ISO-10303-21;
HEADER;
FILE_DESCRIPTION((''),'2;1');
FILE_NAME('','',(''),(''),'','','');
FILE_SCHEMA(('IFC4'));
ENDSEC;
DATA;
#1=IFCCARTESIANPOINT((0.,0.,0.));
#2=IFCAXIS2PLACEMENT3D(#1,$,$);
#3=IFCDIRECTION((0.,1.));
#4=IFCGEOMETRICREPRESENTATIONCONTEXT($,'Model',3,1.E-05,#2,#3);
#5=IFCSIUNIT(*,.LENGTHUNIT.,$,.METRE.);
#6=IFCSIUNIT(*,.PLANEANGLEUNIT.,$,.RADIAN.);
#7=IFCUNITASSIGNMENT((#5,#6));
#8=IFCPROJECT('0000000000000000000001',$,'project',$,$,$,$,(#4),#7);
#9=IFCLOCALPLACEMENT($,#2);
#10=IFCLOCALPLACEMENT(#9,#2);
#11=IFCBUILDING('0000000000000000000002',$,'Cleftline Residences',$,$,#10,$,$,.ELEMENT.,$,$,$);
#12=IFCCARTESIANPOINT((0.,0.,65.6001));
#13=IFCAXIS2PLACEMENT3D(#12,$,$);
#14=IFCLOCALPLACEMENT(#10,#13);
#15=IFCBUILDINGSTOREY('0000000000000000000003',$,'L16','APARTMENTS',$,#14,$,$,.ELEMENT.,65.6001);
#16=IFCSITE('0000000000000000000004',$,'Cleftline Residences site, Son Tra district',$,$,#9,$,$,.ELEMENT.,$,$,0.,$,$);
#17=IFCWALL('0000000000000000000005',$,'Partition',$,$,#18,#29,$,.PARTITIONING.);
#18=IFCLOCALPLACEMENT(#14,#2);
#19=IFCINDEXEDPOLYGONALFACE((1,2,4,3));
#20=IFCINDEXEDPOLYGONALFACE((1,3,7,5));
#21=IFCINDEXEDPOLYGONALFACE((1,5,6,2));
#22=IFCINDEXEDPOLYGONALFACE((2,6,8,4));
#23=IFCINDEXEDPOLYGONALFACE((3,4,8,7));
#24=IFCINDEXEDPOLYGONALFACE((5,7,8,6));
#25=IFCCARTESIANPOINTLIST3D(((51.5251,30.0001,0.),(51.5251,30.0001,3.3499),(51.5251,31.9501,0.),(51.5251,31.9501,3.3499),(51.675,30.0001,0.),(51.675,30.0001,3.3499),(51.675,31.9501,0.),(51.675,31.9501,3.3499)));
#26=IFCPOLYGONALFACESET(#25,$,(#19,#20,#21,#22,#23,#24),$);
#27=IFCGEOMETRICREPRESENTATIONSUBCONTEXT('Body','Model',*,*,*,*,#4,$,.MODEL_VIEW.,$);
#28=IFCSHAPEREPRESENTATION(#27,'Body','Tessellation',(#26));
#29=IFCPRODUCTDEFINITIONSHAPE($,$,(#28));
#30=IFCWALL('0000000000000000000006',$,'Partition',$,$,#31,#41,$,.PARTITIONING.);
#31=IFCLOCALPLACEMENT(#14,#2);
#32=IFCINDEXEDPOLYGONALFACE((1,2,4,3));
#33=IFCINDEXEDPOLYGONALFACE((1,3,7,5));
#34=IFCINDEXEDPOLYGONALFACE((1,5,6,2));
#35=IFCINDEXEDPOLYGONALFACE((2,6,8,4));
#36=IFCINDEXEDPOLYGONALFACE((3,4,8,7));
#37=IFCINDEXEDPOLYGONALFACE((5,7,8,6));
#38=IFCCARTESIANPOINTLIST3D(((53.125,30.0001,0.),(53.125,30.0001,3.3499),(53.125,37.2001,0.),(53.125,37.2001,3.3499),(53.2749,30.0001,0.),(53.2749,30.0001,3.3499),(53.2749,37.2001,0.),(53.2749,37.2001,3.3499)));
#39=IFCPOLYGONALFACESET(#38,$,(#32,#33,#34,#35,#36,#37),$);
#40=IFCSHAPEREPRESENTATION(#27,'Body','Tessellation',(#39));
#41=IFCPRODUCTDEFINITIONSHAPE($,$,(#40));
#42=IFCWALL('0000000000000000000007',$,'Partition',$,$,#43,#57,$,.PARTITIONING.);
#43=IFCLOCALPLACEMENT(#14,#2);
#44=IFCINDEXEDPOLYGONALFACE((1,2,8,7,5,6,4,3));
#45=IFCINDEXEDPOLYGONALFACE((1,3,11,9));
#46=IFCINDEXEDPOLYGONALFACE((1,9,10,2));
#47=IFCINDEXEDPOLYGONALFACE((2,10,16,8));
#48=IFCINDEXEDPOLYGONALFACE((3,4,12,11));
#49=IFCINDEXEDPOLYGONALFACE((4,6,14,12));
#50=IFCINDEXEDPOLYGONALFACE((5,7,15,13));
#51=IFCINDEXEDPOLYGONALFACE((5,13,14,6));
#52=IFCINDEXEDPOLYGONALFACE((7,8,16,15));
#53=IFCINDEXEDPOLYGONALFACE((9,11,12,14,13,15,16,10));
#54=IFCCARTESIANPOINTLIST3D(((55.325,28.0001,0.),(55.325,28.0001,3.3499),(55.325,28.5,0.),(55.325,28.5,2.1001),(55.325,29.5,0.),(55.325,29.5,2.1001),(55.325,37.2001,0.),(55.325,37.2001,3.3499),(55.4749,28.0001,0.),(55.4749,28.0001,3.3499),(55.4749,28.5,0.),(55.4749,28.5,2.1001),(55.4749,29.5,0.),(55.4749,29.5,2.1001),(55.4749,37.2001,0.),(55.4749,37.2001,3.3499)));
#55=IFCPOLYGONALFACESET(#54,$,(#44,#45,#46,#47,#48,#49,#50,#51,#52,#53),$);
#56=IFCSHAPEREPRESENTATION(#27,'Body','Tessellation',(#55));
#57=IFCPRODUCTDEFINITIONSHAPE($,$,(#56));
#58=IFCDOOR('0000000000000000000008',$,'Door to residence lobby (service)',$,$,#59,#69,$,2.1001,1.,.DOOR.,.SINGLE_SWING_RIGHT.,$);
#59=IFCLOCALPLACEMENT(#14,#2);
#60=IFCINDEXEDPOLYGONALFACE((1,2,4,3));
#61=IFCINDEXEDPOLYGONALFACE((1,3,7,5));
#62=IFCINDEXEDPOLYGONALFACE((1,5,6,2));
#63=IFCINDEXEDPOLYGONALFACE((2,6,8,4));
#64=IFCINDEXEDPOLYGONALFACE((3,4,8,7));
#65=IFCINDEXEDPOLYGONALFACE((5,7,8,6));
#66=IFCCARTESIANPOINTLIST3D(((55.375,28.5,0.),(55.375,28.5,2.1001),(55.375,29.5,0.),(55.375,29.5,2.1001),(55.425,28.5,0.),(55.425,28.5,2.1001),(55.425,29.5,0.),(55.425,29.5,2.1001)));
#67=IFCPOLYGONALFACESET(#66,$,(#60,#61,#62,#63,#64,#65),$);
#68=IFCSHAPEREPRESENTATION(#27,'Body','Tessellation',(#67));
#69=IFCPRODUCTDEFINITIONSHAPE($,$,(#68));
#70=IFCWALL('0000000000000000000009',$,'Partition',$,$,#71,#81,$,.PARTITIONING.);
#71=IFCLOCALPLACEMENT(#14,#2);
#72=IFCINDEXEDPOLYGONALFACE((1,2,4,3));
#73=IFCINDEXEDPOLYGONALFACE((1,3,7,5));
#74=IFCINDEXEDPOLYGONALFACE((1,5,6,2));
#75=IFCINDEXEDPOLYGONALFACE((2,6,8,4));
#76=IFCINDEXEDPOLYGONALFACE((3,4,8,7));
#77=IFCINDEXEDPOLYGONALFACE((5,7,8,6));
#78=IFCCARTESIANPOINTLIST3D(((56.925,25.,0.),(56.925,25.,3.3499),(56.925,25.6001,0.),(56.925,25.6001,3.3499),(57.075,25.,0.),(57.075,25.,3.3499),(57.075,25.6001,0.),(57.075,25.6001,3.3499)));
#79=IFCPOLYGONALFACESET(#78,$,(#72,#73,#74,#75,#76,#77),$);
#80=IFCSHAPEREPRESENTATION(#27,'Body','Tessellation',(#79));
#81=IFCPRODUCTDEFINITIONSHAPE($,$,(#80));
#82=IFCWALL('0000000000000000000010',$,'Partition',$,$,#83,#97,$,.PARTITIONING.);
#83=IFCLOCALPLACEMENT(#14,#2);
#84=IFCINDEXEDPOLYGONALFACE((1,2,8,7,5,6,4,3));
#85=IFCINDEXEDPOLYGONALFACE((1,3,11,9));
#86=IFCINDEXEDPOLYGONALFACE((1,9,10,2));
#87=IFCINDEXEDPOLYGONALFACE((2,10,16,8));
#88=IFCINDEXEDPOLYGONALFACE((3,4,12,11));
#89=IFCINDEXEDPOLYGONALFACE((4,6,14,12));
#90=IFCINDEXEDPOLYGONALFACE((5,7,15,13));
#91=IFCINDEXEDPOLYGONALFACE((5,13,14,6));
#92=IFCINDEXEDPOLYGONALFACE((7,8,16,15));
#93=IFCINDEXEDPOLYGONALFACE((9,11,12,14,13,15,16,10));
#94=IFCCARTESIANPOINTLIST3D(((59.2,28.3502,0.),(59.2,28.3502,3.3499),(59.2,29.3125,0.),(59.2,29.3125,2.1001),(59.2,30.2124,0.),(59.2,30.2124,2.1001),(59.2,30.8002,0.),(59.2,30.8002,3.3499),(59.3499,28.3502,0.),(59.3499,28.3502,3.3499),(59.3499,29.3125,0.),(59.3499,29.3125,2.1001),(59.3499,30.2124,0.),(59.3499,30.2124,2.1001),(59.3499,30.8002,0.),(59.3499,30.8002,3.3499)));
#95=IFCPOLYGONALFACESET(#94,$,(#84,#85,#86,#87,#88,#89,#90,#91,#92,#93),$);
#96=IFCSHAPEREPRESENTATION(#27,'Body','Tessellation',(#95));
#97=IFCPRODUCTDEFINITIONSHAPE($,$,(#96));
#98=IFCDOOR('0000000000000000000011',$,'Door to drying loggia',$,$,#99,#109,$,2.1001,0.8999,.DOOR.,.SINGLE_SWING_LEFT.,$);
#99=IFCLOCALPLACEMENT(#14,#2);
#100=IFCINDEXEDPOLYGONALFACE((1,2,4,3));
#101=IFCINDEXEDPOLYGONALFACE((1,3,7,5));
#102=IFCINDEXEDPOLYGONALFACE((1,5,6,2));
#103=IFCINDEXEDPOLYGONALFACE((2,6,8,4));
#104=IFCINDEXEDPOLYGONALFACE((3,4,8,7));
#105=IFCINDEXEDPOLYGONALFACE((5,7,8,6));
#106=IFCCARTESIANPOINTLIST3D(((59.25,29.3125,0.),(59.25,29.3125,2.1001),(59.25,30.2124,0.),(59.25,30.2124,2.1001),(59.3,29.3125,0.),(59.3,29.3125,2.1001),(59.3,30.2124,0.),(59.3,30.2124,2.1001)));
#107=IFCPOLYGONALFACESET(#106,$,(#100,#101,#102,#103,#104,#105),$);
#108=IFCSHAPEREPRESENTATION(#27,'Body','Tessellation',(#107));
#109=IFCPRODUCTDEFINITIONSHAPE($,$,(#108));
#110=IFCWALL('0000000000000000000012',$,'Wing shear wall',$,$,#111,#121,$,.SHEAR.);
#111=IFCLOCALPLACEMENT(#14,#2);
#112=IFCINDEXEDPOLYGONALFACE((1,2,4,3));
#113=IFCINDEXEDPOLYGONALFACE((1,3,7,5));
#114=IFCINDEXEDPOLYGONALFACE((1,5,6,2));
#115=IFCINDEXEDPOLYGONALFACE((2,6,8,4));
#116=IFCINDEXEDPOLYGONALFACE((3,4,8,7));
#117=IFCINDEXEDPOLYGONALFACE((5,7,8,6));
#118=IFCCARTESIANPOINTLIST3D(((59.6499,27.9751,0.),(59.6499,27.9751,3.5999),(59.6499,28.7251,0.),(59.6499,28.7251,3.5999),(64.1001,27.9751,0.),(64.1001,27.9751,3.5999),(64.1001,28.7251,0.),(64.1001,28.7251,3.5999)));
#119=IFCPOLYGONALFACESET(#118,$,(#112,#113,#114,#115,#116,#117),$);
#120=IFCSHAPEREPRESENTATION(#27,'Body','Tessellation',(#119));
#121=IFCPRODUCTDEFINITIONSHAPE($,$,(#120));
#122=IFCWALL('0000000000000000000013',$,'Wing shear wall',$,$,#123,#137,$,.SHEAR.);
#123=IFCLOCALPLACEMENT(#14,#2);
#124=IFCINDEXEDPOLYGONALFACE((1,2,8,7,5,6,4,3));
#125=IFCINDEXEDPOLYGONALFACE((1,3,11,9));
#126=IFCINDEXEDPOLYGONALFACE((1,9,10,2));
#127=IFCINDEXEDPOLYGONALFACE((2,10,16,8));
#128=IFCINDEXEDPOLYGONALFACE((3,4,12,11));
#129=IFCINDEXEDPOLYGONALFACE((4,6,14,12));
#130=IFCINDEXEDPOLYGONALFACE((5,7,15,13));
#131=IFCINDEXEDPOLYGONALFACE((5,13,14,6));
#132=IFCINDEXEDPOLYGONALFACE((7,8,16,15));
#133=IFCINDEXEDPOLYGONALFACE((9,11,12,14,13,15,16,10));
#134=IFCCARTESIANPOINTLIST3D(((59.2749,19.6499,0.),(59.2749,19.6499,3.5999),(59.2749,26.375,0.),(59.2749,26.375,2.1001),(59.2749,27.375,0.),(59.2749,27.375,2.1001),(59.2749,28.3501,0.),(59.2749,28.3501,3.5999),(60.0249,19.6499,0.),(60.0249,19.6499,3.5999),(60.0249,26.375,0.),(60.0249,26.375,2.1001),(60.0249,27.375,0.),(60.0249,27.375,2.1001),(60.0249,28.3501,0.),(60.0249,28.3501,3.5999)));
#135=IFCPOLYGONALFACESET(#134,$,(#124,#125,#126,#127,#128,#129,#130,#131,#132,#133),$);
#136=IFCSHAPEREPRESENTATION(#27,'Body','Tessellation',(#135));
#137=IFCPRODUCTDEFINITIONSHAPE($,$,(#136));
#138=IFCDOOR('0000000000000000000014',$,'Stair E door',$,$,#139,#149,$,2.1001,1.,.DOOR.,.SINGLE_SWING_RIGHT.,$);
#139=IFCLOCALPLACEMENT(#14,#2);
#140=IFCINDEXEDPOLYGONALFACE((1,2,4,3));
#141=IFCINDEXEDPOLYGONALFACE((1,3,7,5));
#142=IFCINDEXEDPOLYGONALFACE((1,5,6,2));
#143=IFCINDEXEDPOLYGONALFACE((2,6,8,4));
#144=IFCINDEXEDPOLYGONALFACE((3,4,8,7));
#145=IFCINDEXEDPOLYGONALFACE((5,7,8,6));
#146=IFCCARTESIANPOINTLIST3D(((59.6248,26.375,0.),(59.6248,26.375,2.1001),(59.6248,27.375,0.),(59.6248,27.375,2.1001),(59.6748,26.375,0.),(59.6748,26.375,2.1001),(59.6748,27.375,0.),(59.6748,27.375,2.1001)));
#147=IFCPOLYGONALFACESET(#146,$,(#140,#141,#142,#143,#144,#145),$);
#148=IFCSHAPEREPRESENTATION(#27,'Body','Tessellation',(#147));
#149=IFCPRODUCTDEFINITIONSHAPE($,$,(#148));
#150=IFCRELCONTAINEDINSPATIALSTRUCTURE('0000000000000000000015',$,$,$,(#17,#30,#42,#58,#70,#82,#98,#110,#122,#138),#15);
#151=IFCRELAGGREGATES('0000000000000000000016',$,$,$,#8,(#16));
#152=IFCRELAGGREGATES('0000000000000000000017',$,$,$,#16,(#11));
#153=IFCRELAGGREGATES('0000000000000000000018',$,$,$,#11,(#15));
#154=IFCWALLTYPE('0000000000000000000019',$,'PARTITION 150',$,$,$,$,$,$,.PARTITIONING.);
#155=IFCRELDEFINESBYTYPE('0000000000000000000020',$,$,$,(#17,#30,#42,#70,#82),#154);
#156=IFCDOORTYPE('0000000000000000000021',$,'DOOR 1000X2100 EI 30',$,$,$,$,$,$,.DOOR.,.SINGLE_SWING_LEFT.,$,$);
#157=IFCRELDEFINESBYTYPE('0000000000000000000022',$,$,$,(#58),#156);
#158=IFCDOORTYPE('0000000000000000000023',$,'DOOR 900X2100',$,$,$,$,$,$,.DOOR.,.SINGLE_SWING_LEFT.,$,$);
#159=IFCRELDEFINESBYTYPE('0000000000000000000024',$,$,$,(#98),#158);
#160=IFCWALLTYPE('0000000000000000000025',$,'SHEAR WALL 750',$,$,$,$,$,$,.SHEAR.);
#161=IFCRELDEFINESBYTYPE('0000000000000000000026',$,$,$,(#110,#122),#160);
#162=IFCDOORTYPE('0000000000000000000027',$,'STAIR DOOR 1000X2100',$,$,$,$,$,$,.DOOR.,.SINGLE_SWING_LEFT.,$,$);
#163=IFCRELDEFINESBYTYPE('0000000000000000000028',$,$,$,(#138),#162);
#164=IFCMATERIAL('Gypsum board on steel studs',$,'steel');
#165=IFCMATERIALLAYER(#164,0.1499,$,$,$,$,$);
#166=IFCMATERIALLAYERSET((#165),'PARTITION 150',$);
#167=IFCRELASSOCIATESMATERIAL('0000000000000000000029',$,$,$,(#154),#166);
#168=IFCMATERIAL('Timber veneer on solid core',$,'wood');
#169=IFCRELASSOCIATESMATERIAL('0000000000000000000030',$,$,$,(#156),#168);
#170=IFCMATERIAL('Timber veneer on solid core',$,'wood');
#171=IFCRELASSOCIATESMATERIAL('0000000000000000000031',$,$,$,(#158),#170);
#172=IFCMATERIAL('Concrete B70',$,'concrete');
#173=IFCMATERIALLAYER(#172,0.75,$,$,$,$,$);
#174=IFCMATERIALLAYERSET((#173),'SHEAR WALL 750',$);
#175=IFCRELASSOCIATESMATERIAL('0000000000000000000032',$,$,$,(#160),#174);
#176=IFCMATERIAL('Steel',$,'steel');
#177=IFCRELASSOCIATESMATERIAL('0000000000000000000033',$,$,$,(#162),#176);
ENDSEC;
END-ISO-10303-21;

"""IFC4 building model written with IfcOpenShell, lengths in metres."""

from ifc_helpers import new_model, si_unit, direction, frame, frame_2d, origin, place, context, subcontext, project, spatial, rectangle, extrude, material, layer, layer_set, type_object, element, fill, save


model = new_model("IFC4")

# Units and contexts
model_context = context("Model", 3, precision=1e-05, world=origin(), true_north=direction((0.0, 1.0)))
body_context = subcontext(model_context, "Body", "Model", "MODEL_VIEW")
ifc_project = project(units=[si_unit("LENGTHUNIT", "METRE"), si_unit("PLANEANGLEUNIT", "RADIAN")], contexts=[model_context])

# Site, building, storey
site_placement = place(None, origin())
site = spatial("IfcSite", under=ifc_project, at=site_placement, Name="Cleftline Residences site, Son Tra district", CompositionType="ELEMENT", RefElevation=0.0)
building_placement = place(site_placement, origin())
building = spatial("IfcBuilding", under=site, at=building_placement, Name="Cleftline Residences", CompositionType="ELEMENT")
storey_placement = place(building_placement, frame((0.0, 0.0, 65.6001)))
storey = spatial("IfcBuildingStorey", under=building, at=storey_placement, Name="L16", Description="APARTMENTS", CompositionType="ELEMENT", Elevation=65.6001)

# Walls
ifc_material_1 = material(Name="Gypsum board on steel studs", Category="steel")
ifc_layer_1 = layer(ifc_material_1, 0.1499)
ifc_layer_set_1 = layer_set([ifc_layer_1], Name="PARTITION 150")
wall_type_1 = type_object("IfcWallType", Name="PARTITION 150", PredefinedType="PARTITIONING", material=ifc_layer_set_1)
wall_1_placement = place(storey_placement, frame((51.6001, 30.0, 0.0), z_axis=(0.0, 0.0, 1.0), x_axis=(0.0, 1.0, 0.0)))
element("IfcWall", 1, at=wall_1_placement, inside=storey, type_object=wall_type_1, Name="Partition", PredefinedType="PARTITIONING", context=body_context, shape_type="SweptSolid", body=[
    extrude(rectangle(XDim=1.95, YDim=0.1499, at=frame_2d((0.9751, 0.0))), origin(), (0.0, 0.0, 1.0), 3.3499),
])
wall_2_placement = place(storey_placement, frame((53.2, 30.0, 0.0), z_axis=(0.0, 0.0, 1.0), x_axis=(0.0, 1.0, 0.0)))
element("IfcWall", 2, at=wall_2_placement, inside=storey, type_object=wall_type_1, Name="Partition", PredefinedType="PARTITIONING", context=body_context, shape_type="SweptSolid", body=[
    extrude(rectangle(XDim=7.2, YDim=0.1499, at=frame_2d((3.6001, 0.0))), origin(), (0.0, 0.0, 1.0), 3.3499),
])

# Wall, opening, door
wall_3_placement = place(storey_placement, frame((55.3999, 28.0, 0.0), z_axis=(0.0, 0.0, 1.0), x_axis=(0.0, 1.0, 0.0)))
wall_3 = element("IfcWall", 3, at=wall_3_placement, inside=storey, type_object=wall_type_1, Name="Partition", PredefinedType="PARTITIONING", context=body_context, shape_type="SweptSolid", body=[
    extrude(rectangle(XDim=9.2, YDim=0.1499, at=frame_2d((4.6001, 0.0))), origin(), (0.0, 0.0, 1.0), 3.3499),
])
opening_1_placement = place(wall_3_placement, frame((0.5, 0.0, 0.0)))
opening_1 = element("IfcOpeningElement", 4, at=opening_1_placement, cuts=wall_3, PredefinedType="OPENING", context=body_context, shape_type="SweptSolid", body=[
    extrude(rectangle(XDim=1.0, YDim=2.1001, at=frame_2d((0.5, 1.05))), frame((0.0, 0.085, 0.0), z_axis=(0.0, -1.0, 0.0), x_axis=(1.0, 0.0, 0.0)), (0.0, 0.0, 1.0), 0.1699),
])
ifc_material_2 = material(Name="Timber veneer on solid core", Category="wood")
door_type_1 = type_object("IfcDoorType", Name="DOOR 1000X2100 EI 30", OperationType="SINGLE_SWING_LEFT", PredefinedType="DOOR", material=ifc_material_2)
door_1_placement = place(opening_1_placement, origin())
door_1 = element("IfcDoor", 5, at=door_1_placement, inside=storey, type_object=door_type_1, Name="Door to residence lobby (service)", OperationType="SINGLE_SWING_RIGHT", OverallHeight=2.1001, OverallWidth=1.0, PredefinedType="DOOR", context=body_context, shape_type="SweptSolid", body=[
    extrude(rectangle(XDim=1.0, YDim=2.1001, at=frame_2d((0.5, 1.05))), frame((0.0, 0.0249, 0.0), z_axis=(0.0, -1.0, 0.0), x_axis=(1.0, 0.0, 0.0)), (0.0, 0.0, 1.0), 0.05),
])
fill(opening_1, door_1)

# Wall
wall_4_placement = place(storey_placement, frame((57.0, 25.0, 0.0), z_axis=(0.0, 0.0, 1.0), x_axis=(0.0, 1.0, 0.0)))
element("IfcWall", 6, at=wall_4_placement, inside=storey, type_object=wall_type_1, Name="Partition", PredefinedType="PARTITIONING", context=body_context, shape_type="SweptSolid", body=[
    extrude(rectangle(XDim=0.6001, YDim=0.1499, at=frame_2d((0.3, 0.0))), origin(), (0.0, 0.0, 1.0), 3.3499),
])

# Wall, opening, door
wall_5_placement = place(storey_placement, frame((59.2749, 28.3501, 0.0), z_axis=(0.0, 0.0, 1.0), x_axis=(0.0, 1.0, 0.0)))
wall_5 = element("IfcWall", 7, at=wall_5_placement, inside=storey, type_object=wall_type_1, Name="Partition", PredefinedType="PARTITIONING", context=body_context, shape_type="SweptSolid", body=[
    extrude(rectangle(XDim=2.45, YDim=0.1499, at=frame_2d((1.2251, 0.0))), origin(), (0.0, 0.0, 1.0), 3.3499),
])
opening_2_placement = place(wall_5_placement, frame((0.9624, 0.0, 0.0)))
opening_2 = element("IfcOpeningElement", 8, at=opening_2_placement, cuts=wall_5, PredefinedType="OPENING", context=body_context, shape_type="SweptSolid", body=[
    extrude(rectangle(XDim=0.8999, YDim=2.1001, at=frame_2d((0.45, 1.05))), frame((0.0, 0.085, 0.0), z_axis=(0.0, -1.0, 0.0), x_axis=(1.0, 0.0, 0.0)), (0.0, 0.0, 1.0), 0.1699),
])
ifc_material_3 = material(Name="Timber veneer on solid core", Category="wood")
door_type_2 = type_object("IfcDoorType", Name="DOOR 900X2100", OperationType="SINGLE_SWING_LEFT", PredefinedType="DOOR", material=ifc_material_3)
door_2_placement = place(opening_2_placement, origin())
door_2 = element("IfcDoor", 9, at=door_2_placement, inside=storey, type_object=door_type_2, Name="Door to drying loggia", OperationType="SINGLE_SWING_LEFT", OverallHeight=2.1001, OverallWidth=0.8999, PredefinedType="DOOR", context=body_context, shape_type="SweptSolid", body=[
    extrude(rectangle(XDim=0.8999, YDim=2.1001, at=frame_2d((0.45, 1.05))), frame((0.0, 0.0249, 0.0), z_axis=(0.0, -1.0, 0.0), x_axis=(1.0, 0.0, 0.0)), (0.0, 0.0, 1.0), 0.05),
])
fill(opening_2, door_2)

# Wall
ifc_material_4 = material(Name="Concrete B70", Category="concrete")
ifc_layer_2 = layer(ifc_material_4, 0.75)
ifc_layer_set_2 = layer_set([ifc_layer_2], Name="SHEAR WALL 750")
wall_type_2 = type_object("IfcWallType", Name="SHEAR WALL 750", PredefinedType="SHEAR", material=ifc_layer_set_2)
wall_6_placement = place(storey_placement, frame((64.1001, 28.3501, 0.0), z_axis=(0.0, 0.0, 1.0), x_axis=(-1.0, 0.0, 0.0)))
element("IfcWall", 10, at=wall_6_placement, inside=storey, type_object=wall_type_2, Name="Wing shear wall", PredefinedType="SHEAR", context=body_context, shape_type="SweptSolid", body=[
    extrude(rectangle(XDim=4.4502, YDim=0.75, at=frame_2d((2.2251, 0.0))), origin(), (0.0, 0.0, 1.0), 3.5999),
])

# Wall, opening, door
wall_7_placement = place(storey_placement, frame((59.6499, 28.3501, 0.0), z_axis=(0.0, 0.0, 1.0), x_axis=(0.0, -1.0, 0.0)))
wall_7 = element("IfcWall", 11, at=wall_7_placement, inside=storey, type_object=wall_type_2, Name="Wing shear wall", PredefinedType="SHEAR", context=body_context, shape_type="SweptSolid", body=[
    extrude(rectangle(XDim=8.7002, YDim=0.75, at=frame_2d((4.3501, 0.0))), origin(), (0.0, 0.0, 1.0), 3.5999),
])
opening_3_placement = place(wall_7_placement, frame((0.9751, 0.0, 0.0)))
opening_3 = element("IfcOpeningElement", 12, at=opening_3_placement, cuts=wall_7, PredefinedType="OPENING", context=body_context, shape_type="SweptSolid", body=[
    extrude(rectangle(XDim=1.0, YDim=2.1001, at=frame_2d((0.5, 1.05))), frame((0.0, 0.385, 0.0), z_axis=(0.0, -1.0, 0.0), x_axis=(1.0, 0.0, 0.0)), (0.0, 0.0, 1.0), 0.77),
])
ifc_material_5 = material(Name="Steel", Category="steel")
door_type_3 = type_object("IfcDoorType", Name="STAIR DOOR 1000X2100", OperationType="SINGLE_SWING_LEFT", PredefinedType="DOOR", material=ifc_material_5)
door_3_placement = place(opening_3_placement, origin())
door_3 = element("IfcDoor", 13, at=door_3_placement, inside=storey, type_object=door_type_3, Name="Stair E door", OperationType="SINGLE_SWING_RIGHT", OverallHeight=2.1001, OverallWidth=1.0, PredefinedType="DOOR", context=body_context, shape_type="SweptSolid", body=[
    extrude(rectangle(XDim=1.0, YDim=2.1001, at=frame_2d((0.5, 1.05))), frame((0.0, 0.0249, 0.0), z_axis=(0.0, -1.0, 0.0), x_axis=(1.0, 0.0, 0.0)), (0.0, 0.0, 1.0), 0.05),
])
fill(opening_3, door_3)

save(model, "model.ifc")
